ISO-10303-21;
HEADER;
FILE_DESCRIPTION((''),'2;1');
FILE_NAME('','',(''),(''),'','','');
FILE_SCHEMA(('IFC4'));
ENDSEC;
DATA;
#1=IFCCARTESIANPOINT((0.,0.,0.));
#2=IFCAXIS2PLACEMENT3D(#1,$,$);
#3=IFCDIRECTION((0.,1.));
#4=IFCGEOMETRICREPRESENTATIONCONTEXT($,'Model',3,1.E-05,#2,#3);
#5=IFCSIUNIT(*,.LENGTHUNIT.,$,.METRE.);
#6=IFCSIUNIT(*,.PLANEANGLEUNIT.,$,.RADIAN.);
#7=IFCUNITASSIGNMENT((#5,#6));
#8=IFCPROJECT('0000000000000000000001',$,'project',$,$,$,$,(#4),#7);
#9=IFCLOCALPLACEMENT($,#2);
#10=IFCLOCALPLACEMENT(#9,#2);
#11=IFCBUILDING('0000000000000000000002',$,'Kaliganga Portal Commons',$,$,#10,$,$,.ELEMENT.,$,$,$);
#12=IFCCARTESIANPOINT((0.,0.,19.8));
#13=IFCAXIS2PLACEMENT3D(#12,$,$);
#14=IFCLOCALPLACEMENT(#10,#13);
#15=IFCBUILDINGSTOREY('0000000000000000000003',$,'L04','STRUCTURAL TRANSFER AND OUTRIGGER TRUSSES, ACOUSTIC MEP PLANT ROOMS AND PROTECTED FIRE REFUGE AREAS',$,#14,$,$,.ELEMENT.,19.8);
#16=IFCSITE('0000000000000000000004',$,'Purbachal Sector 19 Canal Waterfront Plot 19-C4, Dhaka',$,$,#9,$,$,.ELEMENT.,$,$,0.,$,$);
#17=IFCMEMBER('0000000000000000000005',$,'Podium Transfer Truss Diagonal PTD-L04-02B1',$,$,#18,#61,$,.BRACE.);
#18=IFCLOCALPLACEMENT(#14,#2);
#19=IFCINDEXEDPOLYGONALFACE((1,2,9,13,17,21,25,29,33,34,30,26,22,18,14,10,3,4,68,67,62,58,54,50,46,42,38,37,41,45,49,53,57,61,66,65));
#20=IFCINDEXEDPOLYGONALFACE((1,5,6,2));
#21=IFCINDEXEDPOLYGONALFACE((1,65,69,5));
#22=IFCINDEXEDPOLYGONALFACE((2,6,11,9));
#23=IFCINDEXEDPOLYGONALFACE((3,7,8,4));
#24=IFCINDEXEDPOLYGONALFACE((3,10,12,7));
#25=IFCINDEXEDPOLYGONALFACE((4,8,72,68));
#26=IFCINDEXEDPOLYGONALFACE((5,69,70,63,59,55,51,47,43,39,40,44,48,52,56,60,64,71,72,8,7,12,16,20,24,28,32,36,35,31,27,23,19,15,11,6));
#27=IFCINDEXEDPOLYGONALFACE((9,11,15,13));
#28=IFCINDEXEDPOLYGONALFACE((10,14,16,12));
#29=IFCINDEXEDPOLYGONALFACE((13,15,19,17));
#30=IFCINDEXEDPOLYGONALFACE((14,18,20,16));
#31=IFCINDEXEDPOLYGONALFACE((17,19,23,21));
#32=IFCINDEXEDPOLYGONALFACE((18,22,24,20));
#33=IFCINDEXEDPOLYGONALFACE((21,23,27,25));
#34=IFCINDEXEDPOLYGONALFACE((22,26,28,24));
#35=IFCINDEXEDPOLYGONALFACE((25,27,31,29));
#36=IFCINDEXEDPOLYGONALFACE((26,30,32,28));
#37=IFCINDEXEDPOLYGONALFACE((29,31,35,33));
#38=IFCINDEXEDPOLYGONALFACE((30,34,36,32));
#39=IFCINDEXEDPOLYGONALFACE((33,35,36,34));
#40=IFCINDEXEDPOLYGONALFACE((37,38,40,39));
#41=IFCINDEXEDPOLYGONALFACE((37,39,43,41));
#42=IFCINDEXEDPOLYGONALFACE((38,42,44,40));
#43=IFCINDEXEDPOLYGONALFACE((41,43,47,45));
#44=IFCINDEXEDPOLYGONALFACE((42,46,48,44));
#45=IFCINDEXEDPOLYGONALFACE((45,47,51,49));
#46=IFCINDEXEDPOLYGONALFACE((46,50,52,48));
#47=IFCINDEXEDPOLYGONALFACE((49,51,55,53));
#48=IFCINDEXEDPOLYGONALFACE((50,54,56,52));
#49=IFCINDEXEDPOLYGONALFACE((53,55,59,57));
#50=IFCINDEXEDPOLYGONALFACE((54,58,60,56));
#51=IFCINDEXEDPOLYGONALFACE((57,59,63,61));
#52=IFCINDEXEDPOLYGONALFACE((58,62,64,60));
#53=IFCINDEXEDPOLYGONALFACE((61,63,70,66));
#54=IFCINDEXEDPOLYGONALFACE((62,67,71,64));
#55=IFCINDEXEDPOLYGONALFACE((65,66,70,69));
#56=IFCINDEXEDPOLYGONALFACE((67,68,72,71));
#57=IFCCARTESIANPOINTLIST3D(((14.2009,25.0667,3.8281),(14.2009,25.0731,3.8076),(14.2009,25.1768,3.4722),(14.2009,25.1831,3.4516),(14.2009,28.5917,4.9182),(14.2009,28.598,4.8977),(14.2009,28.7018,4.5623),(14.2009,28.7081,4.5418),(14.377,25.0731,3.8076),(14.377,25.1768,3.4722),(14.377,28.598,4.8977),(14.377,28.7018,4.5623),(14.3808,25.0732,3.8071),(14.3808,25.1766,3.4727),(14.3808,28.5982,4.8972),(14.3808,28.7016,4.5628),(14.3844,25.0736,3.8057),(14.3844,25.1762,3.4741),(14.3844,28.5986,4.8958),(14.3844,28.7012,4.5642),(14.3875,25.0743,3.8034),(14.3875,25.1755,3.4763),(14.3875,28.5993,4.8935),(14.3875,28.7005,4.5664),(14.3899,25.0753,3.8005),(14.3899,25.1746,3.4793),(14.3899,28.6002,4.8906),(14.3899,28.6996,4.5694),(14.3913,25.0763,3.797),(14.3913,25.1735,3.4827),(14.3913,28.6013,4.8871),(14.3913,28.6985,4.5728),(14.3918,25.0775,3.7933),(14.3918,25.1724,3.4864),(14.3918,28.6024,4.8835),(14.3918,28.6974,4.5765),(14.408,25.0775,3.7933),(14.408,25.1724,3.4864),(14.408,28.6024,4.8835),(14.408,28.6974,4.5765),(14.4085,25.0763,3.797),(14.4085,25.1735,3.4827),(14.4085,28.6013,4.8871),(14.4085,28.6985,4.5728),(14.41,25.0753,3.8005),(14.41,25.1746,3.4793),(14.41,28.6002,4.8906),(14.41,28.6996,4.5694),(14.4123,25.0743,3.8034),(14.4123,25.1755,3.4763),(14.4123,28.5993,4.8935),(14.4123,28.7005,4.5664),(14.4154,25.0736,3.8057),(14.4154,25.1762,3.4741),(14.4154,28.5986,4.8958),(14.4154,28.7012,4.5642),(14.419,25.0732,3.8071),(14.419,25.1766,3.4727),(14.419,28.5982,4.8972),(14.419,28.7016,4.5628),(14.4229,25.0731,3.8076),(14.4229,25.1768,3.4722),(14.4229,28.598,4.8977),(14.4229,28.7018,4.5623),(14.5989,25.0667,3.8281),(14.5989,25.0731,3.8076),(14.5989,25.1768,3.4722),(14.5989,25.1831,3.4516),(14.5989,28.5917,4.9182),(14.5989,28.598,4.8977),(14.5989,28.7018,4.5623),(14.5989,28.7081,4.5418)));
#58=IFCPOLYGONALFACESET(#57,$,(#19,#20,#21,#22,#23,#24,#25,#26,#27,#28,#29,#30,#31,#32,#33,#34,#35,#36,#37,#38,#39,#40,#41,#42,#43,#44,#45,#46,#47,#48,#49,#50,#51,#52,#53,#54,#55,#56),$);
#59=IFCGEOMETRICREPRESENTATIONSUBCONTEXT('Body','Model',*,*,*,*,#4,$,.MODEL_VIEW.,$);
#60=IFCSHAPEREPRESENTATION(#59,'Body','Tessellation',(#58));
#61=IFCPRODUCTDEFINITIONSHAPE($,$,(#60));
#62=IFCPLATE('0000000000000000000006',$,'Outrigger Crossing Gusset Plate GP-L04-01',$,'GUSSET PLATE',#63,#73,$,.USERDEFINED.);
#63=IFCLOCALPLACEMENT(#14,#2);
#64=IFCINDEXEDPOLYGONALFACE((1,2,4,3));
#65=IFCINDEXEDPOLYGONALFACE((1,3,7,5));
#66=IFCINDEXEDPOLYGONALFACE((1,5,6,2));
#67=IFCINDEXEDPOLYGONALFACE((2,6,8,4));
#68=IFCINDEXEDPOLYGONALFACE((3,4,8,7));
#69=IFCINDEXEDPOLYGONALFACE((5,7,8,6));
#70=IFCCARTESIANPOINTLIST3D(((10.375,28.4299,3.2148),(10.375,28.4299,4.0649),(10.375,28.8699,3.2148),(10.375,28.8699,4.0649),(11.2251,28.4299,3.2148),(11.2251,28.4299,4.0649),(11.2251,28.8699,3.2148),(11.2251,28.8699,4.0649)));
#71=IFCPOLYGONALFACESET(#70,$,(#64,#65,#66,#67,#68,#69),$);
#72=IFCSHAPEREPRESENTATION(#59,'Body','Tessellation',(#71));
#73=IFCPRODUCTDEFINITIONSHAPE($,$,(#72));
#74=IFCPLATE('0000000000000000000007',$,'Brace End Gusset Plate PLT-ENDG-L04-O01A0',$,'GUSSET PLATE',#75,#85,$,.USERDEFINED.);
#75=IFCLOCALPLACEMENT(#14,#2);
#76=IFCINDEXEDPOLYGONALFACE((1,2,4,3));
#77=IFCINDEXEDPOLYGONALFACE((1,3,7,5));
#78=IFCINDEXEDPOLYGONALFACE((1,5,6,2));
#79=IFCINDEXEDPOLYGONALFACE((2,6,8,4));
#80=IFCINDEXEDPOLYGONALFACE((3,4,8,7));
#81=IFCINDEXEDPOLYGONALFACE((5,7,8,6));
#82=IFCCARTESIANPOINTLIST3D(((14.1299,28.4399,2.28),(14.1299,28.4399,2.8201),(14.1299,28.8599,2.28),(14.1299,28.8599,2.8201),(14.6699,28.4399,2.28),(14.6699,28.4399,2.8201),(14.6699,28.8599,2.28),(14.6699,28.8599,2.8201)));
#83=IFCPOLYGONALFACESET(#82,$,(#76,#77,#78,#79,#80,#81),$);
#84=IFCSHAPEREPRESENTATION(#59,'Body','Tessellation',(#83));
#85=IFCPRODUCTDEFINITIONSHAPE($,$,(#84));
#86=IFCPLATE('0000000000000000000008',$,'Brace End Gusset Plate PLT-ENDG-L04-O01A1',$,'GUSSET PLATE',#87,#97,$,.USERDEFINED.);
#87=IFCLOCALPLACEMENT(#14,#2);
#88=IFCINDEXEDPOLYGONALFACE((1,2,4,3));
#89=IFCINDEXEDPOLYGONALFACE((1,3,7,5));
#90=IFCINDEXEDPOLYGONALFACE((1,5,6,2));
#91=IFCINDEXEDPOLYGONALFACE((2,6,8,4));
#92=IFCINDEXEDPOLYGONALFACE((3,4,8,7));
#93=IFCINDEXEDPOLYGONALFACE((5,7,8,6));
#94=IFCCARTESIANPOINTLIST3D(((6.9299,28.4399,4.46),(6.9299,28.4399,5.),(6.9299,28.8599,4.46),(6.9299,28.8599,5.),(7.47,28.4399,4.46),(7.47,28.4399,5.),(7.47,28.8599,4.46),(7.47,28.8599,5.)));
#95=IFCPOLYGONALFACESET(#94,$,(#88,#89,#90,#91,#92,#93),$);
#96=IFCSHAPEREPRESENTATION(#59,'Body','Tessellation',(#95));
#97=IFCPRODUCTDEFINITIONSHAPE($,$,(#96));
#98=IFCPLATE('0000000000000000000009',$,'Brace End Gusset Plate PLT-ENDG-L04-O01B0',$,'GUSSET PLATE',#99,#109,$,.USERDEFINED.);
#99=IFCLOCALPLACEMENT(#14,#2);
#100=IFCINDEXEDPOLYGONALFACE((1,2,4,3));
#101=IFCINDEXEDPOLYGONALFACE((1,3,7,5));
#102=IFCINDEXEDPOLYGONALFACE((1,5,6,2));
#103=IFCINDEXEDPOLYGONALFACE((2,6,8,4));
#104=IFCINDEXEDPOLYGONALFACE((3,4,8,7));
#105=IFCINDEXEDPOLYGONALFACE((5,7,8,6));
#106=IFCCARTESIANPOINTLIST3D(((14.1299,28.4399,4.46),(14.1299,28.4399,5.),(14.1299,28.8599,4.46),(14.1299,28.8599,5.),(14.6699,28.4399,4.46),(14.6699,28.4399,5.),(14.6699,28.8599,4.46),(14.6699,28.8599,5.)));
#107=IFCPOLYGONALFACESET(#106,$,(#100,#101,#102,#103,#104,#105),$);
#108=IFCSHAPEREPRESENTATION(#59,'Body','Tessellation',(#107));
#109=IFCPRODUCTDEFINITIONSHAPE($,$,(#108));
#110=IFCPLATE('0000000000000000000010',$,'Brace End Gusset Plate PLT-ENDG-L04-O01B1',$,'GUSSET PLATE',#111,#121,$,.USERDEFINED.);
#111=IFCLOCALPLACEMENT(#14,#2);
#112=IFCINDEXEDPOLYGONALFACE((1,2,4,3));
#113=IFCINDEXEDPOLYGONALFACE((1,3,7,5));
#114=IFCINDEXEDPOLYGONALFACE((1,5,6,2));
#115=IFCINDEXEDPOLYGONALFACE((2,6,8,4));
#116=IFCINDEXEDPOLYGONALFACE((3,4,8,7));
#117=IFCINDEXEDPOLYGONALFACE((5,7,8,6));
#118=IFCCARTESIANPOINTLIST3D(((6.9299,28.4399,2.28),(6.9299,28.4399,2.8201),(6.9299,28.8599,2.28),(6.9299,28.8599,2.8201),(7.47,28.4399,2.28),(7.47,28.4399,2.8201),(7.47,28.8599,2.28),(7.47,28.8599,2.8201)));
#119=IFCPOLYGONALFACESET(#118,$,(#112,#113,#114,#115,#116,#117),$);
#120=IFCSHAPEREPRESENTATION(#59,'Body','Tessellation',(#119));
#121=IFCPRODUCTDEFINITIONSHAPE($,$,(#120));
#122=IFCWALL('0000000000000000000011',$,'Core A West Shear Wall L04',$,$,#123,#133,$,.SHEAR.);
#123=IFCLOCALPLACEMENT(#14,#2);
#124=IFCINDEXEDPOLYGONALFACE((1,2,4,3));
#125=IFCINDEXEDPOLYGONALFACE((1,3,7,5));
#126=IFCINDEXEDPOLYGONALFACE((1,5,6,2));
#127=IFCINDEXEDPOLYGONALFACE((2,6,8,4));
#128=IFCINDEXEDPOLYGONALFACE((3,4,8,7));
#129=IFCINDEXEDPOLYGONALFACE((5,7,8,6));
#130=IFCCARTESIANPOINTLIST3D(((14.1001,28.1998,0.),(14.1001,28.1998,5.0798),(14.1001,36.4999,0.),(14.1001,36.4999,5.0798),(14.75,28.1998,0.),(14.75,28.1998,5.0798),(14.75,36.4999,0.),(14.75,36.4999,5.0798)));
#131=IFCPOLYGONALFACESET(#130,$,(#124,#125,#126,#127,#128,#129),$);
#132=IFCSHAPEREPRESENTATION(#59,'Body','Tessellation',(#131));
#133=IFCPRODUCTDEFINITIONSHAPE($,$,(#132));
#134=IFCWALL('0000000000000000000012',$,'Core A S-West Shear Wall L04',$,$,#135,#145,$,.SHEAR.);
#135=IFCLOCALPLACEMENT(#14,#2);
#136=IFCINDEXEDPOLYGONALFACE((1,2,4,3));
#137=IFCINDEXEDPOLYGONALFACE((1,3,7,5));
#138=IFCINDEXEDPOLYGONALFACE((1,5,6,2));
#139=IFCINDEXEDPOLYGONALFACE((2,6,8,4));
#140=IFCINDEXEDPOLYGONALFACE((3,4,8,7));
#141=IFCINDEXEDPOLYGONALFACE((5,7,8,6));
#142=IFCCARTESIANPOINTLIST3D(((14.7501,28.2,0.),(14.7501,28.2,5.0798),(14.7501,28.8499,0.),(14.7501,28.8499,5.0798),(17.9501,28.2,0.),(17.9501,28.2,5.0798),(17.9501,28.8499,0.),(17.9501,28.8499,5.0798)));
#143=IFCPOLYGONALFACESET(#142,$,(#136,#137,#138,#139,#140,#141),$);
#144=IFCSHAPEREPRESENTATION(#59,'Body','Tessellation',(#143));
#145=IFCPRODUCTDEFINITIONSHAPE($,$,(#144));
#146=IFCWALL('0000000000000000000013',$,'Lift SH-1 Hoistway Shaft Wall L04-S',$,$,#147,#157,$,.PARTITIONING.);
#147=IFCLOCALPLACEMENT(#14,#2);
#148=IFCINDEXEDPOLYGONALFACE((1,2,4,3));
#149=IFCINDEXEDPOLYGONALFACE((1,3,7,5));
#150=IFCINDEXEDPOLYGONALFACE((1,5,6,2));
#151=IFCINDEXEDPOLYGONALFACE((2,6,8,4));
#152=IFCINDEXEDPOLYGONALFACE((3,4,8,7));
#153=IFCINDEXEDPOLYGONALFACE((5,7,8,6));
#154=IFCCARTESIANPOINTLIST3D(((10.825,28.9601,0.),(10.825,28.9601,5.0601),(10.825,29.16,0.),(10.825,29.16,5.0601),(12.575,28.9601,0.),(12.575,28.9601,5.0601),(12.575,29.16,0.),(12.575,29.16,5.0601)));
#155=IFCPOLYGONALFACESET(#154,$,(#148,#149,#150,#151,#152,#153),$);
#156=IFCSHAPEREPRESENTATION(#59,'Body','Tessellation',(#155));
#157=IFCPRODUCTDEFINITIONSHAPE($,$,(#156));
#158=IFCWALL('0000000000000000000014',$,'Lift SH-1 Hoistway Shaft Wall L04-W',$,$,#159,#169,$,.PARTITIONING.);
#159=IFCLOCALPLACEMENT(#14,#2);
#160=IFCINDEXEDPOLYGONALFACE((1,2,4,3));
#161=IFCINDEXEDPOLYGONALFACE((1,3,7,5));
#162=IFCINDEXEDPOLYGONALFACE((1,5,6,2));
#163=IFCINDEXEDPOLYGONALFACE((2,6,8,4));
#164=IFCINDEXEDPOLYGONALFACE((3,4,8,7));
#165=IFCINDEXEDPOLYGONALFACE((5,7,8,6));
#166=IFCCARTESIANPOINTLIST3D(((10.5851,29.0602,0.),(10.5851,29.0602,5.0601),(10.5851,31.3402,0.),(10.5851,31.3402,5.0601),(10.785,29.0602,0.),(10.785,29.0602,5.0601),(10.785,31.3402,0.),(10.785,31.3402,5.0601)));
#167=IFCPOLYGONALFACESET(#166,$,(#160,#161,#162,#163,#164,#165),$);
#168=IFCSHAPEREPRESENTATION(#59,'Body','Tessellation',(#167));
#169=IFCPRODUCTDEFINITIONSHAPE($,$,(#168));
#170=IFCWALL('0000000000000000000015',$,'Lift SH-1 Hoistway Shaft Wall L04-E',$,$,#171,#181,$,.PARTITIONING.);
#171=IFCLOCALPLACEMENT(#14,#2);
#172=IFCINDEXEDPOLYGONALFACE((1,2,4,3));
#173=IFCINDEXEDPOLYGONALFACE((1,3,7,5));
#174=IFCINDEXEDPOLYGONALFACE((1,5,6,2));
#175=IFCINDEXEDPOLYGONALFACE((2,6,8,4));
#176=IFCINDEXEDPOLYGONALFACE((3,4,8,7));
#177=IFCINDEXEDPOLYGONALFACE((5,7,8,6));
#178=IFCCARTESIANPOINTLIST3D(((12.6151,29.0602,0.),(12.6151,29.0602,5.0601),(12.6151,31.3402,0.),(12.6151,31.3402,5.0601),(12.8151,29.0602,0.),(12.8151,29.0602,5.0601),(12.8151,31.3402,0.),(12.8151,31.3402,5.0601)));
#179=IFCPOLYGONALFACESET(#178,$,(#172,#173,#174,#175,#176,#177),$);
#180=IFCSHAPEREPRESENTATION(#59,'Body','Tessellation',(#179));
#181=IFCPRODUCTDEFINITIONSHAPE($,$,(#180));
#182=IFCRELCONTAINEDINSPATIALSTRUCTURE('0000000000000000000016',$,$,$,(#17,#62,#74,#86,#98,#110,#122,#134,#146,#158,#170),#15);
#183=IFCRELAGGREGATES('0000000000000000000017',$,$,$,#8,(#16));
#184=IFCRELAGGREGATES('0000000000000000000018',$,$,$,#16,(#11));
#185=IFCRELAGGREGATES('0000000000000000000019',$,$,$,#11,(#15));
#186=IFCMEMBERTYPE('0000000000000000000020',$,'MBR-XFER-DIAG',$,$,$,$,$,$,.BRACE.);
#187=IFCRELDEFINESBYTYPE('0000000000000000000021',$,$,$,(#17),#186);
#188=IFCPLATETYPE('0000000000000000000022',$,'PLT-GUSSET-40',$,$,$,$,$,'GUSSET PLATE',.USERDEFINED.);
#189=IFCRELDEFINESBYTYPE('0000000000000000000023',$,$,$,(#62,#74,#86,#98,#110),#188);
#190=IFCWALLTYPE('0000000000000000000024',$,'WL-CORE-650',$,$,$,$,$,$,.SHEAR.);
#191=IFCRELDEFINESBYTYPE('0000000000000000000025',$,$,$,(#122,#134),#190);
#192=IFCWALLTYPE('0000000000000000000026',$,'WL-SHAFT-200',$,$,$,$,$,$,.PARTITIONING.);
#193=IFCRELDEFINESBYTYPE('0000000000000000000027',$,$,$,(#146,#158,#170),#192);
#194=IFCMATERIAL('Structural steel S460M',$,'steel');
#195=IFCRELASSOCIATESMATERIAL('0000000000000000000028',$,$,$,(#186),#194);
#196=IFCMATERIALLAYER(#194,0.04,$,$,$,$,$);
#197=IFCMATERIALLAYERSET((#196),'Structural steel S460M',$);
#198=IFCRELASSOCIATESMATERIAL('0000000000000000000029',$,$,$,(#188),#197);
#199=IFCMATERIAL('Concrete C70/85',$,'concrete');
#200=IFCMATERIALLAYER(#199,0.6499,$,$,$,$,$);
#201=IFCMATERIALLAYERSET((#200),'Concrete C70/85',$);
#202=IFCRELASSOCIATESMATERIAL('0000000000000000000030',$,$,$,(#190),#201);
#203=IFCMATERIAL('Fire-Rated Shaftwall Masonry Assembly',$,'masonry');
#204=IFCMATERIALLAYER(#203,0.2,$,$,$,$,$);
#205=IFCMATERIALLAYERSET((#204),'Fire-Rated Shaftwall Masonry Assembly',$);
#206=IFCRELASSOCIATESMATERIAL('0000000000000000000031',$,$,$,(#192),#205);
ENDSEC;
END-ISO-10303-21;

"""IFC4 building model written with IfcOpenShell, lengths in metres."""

from ifc_helpers import new_model, si_unit, direction, frame, frame_2d, origin, origin_2d, place, context, subcontext, project, spatial, rectangle, i_section, extrude, source, transform, mapped, material, layer, layer_set, material_profile, profile_set, type_object, element, save


model = new_model("IFC4")

# Units and contexts
model_context = context("Model", 3, precision=1e-05, world=origin(), true_north=direction((0.0, 1.0)))
body_context = subcontext(model_context, "Body", "Model", "MODEL_VIEW")
ifc_project = project(units=[si_unit("LENGTHUNIT", "METRE"), si_unit("PLANEANGLEUNIT", "RADIAN")], contexts=[model_context])

# Site, building, storey
site_placement = place(None, origin())
site = spatial("IfcSite", under=ifc_project, at=site_placement, Name="Purbachal Sector 19 Canal Waterfront Plot 19-C4, Dhaka", CompositionType="ELEMENT", RefElevation=0.0)
building_placement = place(site_placement, origin())
building = spatial("IfcBuilding", under=site, at=building_placement, Name="Kaliganga Portal Commons", CompositionType="ELEMENT")
storey_placement = place(building_placement, frame((0.0, 0.0, 19.8)))
storey = spatial("IfcBuildingStorey", under=building, at=storey_placement, Name="L04", Description="STRUCTURAL TRANSFER AND OUTRIGGER TRUSSES, ACOUSTIC MEP PLANT ROOMS AND PROTECTED FIRE REFUGE AREAS", CompositionType="ELEMENT", Elevation=19.8)

# Shared definitions
ifc_material_1 = material(Name="Concrete C70/85", Category="concrete")

# Member
ifc_material_2 = material(Name="Structural steel S460M", Category="steel")
ifc_material_profile_1 = material_profile(ifc_material_2, i_section(OverallWidth=0.3979, OverallDepth=0.394, WebThickness=0.0161, FlangeThickness=0.0215, FilletRadius=0.0149, at=origin_2d()), Name="HD 400x262")
ifc_profile_set_1 = profile_set([ifc_material_profile_1], Name="Structural steel S460M wide-flange")
member_type_1 = type_object("IfcMemberType", Name="MBR-XFER-DIAG", PredefinedType="BRACE", material=ifc_profile_set_1)
shared_shape_1 = source(origin(), body_context, "Body", "SweptSolid", [
    extrude(i_section(OverallWidth=0.3979, OverallDepth=0.394, WebThickness=0.0161, FlangeThickness=0.0215, FilletRadius=0.0149, at=origin_2d()), origin(), (0.0, 0.0, 1.0), 3.6897),
])
member_1_placement = place(storey_placement, frame((14.3999, 28.6499, 4.73), z_axis=(0.0, -0.955359, -0.295448), x_axis=(1.0, 0.0, 0.0)))
element("IfcMember", 1, at=member_1_placement, inside=storey, type_object=member_type_1, Name="Podium Transfer Truss Diagonal PTD-L04-02B1", PredefinedType="BRACE", context=body_context, shape_type="MappedRepresentation", body=[
    mapped(shared_shape_1, transform((0.0, 0.0, 0.0), x_axis=(1.0, 0.0, 0.0), y_axis=(0.0, 1.0, 0.0), z_axis=(0.0, 0.0, 1.0), scale=1.0)),
])

# Plates
ifc_layer_1 = layer(ifc_material_2, 0.04)
ifc_layer_set_1 = layer_set([ifc_layer_1], Name="Structural steel S460M")
plate_type = type_object("IfcPlateType", Name="PLT-GUSSET-40", ElementType="GUSSET PLATE", PredefinedType="USERDEFINED", material=ifc_layer_set_1)
shared_shape_2 = source(origin(), body_context, "Body", "SweptSolid", [
    extrude(rectangle(XDim=0.8501, YDim=0.4399, at=origin_2d()), origin(), (0.0, 0.0, 1.0), 0.8501),
])
plate_placement = place(storey_placement, frame((10.8, 28.6499, 3.2148), z_axis=(0.0, 0.0, 1.0), x_axis=(-1.0, 0.0, 0.0)))
element("IfcPlate", 2, at=plate_placement, inside=storey, type_object=plate_type, Name="Outrigger Crossing Gusset Plate GP-L04-01", ObjectType="GUSSET PLATE", PredefinedType="USERDEFINED", context=body_context, shape_type="MappedRepresentation", body=[
    mapped(shared_shape_2, transform((0.0, 0.0, 0.0), x_axis=(1.0, 0.0, 0.0), y_axis=(0.0, 1.0, 0.0), z_axis=(0.0, 0.0, 1.0), scale=1.0)),
])
shared_shape_3 = source(origin(), body_context, "Body", "SweptSolid", [
    extrude(rectangle(XDim=0.54, YDim=0.4199, at=origin_2d()), origin(), (0.0, 0.0, 1.0), 0.54),
])
for number, where, z_axis, x_axis, name in (
    (3, (14.3999, 28.6499, 2.28), (0.0, 0.0, 1.0), (-1.0, 0.0, 0.0), "Brace End Gusset Plate PLT-ENDG-L04-O01A0"),
    (4, (7.2, 28.6499, 4.46), (0.0, 0.0, 1.0), (-1.0, 0.0, 0.0), "Brace End Gusset Plate PLT-ENDG-L04-O01A1"),
    (5, (14.3999, 28.6499, 4.46), (0.0, 0.0, 1.0), (-1.0, 0.0, 0.0), "Brace End Gusset Plate PLT-ENDG-L04-O01B0"),
    (6, (7.2, 28.6499, 2.28), (0.0, 0.0, 1.0), (-1.0, 0.0, 0.0), "Brace End Gusset Plate PLT-ENDG-L04-O01B1"),
):
    element("IfcPlate", number, at=place(storey_placement, frame(where, z_axis=z_axis, x_axis=x_axis)), inside=storey, type_object=plate_type, Name=name, ObjectType="GUSSET PLATE", PredefinedType="USERDEFINED", context=body_context, shape_type="MappedRepresentation", body=[
        mapped(shared_shape_3, transform((0.0, 0.0, 0.0), x_axis=(1.0, 0.0, 0.0), y_axis=(0.0, 1.0, 0.0), z_axis=(0.0, 0.0, 1.0), scale=1.0)),
    ])

# Walls
ifc_layer_2 = layer(ifc_material_1, 0.6499)
ifc_layer_set_2 = layer_set([ifc_layer_2], Name="Concrete C70/85")
wall_type_1 = type_object("IfcWallType", Name="WL-CORE-650", PredefinedType="SHEAR", material=ifc_layer_set_2)
wall_1_placement = place(storey_placement, frame((14.425, 28.2, 0.0), z_axis=(0.0, 0.0, 1.0), x_axis=(0.0, 1.0, 0.0)))
element("IfcWall", 7, at=wall_1_placement, inside=storey, type_object=wall_type_1, Name="Core A West Shear Wall L04", PredefinedType="SHEAR", context=body_context, shape_type="SweptSolid", body=[
    extrude(rectangle(XDim=8.3, YDim=0.6499, at=frame_2d((4.1499, 0.0))), origin(), (0.0, 0.0, 1.0), 5.0798),
])
wall_2_placement = place(storey_placement, frame((14.75, 28.5249, 0.0), z_axis=(0.0, 0.0, 1.0), x_axis=(1.0, 0.0, 0.0)))
element("IfcWall", 8, at=wall_2_placement, inside=storey, type_object=wall_type_1, Name="Core A S-West Shear Wall L04", PredefinedType="SHEAR", context=body_context, shape_type="SweptSolid", body=[
    extrude(rectangle(XDim=3.2, YDim=0.6499, at=frame_2d((1.6001, 0.0))), origin(), (0.0, 0.0, 1.0), 5.0798),
])
ifc_material_3 = material(Name="Fire-Rated Shaftwall Masonry Assembly", Category="masonry")
ifc_layer_3 = layer(ifc_material_3, 0.2)
ifc_layer_set_3 = layer_set([ifc_layer_3], Name="Fire-Rated Shaftwall Masonry Assembly")
wall_type_2 = type_object("IfcWallType", Name="WL-SHAFT-200", PredefinedType="PARTITIONING", material=ifc_layer_set_3)
wall_3_placement = place(storey_placement, frame((10.825, 29.0601, 0.0), z_axis=(0.0, 0.0, 1.0), x_axis=(1.0, 0.0, 0.0)))
element("IfcWall", 9, at=wall_3_placement, inside=storey, type_object=wall_type_2, Name="Lift SH-1 Hoistway Shaft Wall L04-S", PredefinedType="PARTITIONING", context=body_context, shape_type="SweptSolid", body=[
    extrude(rectangle(XDim=1.75, YDim=0.2, at=frame_2d((0.875, 0.0))), origin(), (0.0, 0.0, 1.0), 5.0601),
])
for number, where, z_axis, x_axis, name in (
    (10, (10.6851, 29.0601, 0.0), (0.0, 0.0, 1.0), (0.0, 1.0, 0.0), "Lift SH-1 Hoistway Shaft Wall L04-W"),
    (11, (12.7151, 29.0601, 0.0), (0.0, 0.0, 1.0), (0.0, 1.0, 0.0), "Lift SH-1 Hoistway Shaft Wall L04-E"),
):
    element("IfcWall", number, at=place(storey_placement, frame(where, z_axis=z_axis, x_axis=x_axis)), inside=storey, type_object=wall_type_2, Name=name, PredefinedType="PARTITIONING", context=body_context, shape_type="SweptSolid", body=[
        extrude(rectangle(XDim=2.28, YDim=0.2, at=frame_2d((1.1401, 0.0))), origin(), (0.0, 0.0, 1.0), 5.0601),
    ])

save(model, "model.ifc")
